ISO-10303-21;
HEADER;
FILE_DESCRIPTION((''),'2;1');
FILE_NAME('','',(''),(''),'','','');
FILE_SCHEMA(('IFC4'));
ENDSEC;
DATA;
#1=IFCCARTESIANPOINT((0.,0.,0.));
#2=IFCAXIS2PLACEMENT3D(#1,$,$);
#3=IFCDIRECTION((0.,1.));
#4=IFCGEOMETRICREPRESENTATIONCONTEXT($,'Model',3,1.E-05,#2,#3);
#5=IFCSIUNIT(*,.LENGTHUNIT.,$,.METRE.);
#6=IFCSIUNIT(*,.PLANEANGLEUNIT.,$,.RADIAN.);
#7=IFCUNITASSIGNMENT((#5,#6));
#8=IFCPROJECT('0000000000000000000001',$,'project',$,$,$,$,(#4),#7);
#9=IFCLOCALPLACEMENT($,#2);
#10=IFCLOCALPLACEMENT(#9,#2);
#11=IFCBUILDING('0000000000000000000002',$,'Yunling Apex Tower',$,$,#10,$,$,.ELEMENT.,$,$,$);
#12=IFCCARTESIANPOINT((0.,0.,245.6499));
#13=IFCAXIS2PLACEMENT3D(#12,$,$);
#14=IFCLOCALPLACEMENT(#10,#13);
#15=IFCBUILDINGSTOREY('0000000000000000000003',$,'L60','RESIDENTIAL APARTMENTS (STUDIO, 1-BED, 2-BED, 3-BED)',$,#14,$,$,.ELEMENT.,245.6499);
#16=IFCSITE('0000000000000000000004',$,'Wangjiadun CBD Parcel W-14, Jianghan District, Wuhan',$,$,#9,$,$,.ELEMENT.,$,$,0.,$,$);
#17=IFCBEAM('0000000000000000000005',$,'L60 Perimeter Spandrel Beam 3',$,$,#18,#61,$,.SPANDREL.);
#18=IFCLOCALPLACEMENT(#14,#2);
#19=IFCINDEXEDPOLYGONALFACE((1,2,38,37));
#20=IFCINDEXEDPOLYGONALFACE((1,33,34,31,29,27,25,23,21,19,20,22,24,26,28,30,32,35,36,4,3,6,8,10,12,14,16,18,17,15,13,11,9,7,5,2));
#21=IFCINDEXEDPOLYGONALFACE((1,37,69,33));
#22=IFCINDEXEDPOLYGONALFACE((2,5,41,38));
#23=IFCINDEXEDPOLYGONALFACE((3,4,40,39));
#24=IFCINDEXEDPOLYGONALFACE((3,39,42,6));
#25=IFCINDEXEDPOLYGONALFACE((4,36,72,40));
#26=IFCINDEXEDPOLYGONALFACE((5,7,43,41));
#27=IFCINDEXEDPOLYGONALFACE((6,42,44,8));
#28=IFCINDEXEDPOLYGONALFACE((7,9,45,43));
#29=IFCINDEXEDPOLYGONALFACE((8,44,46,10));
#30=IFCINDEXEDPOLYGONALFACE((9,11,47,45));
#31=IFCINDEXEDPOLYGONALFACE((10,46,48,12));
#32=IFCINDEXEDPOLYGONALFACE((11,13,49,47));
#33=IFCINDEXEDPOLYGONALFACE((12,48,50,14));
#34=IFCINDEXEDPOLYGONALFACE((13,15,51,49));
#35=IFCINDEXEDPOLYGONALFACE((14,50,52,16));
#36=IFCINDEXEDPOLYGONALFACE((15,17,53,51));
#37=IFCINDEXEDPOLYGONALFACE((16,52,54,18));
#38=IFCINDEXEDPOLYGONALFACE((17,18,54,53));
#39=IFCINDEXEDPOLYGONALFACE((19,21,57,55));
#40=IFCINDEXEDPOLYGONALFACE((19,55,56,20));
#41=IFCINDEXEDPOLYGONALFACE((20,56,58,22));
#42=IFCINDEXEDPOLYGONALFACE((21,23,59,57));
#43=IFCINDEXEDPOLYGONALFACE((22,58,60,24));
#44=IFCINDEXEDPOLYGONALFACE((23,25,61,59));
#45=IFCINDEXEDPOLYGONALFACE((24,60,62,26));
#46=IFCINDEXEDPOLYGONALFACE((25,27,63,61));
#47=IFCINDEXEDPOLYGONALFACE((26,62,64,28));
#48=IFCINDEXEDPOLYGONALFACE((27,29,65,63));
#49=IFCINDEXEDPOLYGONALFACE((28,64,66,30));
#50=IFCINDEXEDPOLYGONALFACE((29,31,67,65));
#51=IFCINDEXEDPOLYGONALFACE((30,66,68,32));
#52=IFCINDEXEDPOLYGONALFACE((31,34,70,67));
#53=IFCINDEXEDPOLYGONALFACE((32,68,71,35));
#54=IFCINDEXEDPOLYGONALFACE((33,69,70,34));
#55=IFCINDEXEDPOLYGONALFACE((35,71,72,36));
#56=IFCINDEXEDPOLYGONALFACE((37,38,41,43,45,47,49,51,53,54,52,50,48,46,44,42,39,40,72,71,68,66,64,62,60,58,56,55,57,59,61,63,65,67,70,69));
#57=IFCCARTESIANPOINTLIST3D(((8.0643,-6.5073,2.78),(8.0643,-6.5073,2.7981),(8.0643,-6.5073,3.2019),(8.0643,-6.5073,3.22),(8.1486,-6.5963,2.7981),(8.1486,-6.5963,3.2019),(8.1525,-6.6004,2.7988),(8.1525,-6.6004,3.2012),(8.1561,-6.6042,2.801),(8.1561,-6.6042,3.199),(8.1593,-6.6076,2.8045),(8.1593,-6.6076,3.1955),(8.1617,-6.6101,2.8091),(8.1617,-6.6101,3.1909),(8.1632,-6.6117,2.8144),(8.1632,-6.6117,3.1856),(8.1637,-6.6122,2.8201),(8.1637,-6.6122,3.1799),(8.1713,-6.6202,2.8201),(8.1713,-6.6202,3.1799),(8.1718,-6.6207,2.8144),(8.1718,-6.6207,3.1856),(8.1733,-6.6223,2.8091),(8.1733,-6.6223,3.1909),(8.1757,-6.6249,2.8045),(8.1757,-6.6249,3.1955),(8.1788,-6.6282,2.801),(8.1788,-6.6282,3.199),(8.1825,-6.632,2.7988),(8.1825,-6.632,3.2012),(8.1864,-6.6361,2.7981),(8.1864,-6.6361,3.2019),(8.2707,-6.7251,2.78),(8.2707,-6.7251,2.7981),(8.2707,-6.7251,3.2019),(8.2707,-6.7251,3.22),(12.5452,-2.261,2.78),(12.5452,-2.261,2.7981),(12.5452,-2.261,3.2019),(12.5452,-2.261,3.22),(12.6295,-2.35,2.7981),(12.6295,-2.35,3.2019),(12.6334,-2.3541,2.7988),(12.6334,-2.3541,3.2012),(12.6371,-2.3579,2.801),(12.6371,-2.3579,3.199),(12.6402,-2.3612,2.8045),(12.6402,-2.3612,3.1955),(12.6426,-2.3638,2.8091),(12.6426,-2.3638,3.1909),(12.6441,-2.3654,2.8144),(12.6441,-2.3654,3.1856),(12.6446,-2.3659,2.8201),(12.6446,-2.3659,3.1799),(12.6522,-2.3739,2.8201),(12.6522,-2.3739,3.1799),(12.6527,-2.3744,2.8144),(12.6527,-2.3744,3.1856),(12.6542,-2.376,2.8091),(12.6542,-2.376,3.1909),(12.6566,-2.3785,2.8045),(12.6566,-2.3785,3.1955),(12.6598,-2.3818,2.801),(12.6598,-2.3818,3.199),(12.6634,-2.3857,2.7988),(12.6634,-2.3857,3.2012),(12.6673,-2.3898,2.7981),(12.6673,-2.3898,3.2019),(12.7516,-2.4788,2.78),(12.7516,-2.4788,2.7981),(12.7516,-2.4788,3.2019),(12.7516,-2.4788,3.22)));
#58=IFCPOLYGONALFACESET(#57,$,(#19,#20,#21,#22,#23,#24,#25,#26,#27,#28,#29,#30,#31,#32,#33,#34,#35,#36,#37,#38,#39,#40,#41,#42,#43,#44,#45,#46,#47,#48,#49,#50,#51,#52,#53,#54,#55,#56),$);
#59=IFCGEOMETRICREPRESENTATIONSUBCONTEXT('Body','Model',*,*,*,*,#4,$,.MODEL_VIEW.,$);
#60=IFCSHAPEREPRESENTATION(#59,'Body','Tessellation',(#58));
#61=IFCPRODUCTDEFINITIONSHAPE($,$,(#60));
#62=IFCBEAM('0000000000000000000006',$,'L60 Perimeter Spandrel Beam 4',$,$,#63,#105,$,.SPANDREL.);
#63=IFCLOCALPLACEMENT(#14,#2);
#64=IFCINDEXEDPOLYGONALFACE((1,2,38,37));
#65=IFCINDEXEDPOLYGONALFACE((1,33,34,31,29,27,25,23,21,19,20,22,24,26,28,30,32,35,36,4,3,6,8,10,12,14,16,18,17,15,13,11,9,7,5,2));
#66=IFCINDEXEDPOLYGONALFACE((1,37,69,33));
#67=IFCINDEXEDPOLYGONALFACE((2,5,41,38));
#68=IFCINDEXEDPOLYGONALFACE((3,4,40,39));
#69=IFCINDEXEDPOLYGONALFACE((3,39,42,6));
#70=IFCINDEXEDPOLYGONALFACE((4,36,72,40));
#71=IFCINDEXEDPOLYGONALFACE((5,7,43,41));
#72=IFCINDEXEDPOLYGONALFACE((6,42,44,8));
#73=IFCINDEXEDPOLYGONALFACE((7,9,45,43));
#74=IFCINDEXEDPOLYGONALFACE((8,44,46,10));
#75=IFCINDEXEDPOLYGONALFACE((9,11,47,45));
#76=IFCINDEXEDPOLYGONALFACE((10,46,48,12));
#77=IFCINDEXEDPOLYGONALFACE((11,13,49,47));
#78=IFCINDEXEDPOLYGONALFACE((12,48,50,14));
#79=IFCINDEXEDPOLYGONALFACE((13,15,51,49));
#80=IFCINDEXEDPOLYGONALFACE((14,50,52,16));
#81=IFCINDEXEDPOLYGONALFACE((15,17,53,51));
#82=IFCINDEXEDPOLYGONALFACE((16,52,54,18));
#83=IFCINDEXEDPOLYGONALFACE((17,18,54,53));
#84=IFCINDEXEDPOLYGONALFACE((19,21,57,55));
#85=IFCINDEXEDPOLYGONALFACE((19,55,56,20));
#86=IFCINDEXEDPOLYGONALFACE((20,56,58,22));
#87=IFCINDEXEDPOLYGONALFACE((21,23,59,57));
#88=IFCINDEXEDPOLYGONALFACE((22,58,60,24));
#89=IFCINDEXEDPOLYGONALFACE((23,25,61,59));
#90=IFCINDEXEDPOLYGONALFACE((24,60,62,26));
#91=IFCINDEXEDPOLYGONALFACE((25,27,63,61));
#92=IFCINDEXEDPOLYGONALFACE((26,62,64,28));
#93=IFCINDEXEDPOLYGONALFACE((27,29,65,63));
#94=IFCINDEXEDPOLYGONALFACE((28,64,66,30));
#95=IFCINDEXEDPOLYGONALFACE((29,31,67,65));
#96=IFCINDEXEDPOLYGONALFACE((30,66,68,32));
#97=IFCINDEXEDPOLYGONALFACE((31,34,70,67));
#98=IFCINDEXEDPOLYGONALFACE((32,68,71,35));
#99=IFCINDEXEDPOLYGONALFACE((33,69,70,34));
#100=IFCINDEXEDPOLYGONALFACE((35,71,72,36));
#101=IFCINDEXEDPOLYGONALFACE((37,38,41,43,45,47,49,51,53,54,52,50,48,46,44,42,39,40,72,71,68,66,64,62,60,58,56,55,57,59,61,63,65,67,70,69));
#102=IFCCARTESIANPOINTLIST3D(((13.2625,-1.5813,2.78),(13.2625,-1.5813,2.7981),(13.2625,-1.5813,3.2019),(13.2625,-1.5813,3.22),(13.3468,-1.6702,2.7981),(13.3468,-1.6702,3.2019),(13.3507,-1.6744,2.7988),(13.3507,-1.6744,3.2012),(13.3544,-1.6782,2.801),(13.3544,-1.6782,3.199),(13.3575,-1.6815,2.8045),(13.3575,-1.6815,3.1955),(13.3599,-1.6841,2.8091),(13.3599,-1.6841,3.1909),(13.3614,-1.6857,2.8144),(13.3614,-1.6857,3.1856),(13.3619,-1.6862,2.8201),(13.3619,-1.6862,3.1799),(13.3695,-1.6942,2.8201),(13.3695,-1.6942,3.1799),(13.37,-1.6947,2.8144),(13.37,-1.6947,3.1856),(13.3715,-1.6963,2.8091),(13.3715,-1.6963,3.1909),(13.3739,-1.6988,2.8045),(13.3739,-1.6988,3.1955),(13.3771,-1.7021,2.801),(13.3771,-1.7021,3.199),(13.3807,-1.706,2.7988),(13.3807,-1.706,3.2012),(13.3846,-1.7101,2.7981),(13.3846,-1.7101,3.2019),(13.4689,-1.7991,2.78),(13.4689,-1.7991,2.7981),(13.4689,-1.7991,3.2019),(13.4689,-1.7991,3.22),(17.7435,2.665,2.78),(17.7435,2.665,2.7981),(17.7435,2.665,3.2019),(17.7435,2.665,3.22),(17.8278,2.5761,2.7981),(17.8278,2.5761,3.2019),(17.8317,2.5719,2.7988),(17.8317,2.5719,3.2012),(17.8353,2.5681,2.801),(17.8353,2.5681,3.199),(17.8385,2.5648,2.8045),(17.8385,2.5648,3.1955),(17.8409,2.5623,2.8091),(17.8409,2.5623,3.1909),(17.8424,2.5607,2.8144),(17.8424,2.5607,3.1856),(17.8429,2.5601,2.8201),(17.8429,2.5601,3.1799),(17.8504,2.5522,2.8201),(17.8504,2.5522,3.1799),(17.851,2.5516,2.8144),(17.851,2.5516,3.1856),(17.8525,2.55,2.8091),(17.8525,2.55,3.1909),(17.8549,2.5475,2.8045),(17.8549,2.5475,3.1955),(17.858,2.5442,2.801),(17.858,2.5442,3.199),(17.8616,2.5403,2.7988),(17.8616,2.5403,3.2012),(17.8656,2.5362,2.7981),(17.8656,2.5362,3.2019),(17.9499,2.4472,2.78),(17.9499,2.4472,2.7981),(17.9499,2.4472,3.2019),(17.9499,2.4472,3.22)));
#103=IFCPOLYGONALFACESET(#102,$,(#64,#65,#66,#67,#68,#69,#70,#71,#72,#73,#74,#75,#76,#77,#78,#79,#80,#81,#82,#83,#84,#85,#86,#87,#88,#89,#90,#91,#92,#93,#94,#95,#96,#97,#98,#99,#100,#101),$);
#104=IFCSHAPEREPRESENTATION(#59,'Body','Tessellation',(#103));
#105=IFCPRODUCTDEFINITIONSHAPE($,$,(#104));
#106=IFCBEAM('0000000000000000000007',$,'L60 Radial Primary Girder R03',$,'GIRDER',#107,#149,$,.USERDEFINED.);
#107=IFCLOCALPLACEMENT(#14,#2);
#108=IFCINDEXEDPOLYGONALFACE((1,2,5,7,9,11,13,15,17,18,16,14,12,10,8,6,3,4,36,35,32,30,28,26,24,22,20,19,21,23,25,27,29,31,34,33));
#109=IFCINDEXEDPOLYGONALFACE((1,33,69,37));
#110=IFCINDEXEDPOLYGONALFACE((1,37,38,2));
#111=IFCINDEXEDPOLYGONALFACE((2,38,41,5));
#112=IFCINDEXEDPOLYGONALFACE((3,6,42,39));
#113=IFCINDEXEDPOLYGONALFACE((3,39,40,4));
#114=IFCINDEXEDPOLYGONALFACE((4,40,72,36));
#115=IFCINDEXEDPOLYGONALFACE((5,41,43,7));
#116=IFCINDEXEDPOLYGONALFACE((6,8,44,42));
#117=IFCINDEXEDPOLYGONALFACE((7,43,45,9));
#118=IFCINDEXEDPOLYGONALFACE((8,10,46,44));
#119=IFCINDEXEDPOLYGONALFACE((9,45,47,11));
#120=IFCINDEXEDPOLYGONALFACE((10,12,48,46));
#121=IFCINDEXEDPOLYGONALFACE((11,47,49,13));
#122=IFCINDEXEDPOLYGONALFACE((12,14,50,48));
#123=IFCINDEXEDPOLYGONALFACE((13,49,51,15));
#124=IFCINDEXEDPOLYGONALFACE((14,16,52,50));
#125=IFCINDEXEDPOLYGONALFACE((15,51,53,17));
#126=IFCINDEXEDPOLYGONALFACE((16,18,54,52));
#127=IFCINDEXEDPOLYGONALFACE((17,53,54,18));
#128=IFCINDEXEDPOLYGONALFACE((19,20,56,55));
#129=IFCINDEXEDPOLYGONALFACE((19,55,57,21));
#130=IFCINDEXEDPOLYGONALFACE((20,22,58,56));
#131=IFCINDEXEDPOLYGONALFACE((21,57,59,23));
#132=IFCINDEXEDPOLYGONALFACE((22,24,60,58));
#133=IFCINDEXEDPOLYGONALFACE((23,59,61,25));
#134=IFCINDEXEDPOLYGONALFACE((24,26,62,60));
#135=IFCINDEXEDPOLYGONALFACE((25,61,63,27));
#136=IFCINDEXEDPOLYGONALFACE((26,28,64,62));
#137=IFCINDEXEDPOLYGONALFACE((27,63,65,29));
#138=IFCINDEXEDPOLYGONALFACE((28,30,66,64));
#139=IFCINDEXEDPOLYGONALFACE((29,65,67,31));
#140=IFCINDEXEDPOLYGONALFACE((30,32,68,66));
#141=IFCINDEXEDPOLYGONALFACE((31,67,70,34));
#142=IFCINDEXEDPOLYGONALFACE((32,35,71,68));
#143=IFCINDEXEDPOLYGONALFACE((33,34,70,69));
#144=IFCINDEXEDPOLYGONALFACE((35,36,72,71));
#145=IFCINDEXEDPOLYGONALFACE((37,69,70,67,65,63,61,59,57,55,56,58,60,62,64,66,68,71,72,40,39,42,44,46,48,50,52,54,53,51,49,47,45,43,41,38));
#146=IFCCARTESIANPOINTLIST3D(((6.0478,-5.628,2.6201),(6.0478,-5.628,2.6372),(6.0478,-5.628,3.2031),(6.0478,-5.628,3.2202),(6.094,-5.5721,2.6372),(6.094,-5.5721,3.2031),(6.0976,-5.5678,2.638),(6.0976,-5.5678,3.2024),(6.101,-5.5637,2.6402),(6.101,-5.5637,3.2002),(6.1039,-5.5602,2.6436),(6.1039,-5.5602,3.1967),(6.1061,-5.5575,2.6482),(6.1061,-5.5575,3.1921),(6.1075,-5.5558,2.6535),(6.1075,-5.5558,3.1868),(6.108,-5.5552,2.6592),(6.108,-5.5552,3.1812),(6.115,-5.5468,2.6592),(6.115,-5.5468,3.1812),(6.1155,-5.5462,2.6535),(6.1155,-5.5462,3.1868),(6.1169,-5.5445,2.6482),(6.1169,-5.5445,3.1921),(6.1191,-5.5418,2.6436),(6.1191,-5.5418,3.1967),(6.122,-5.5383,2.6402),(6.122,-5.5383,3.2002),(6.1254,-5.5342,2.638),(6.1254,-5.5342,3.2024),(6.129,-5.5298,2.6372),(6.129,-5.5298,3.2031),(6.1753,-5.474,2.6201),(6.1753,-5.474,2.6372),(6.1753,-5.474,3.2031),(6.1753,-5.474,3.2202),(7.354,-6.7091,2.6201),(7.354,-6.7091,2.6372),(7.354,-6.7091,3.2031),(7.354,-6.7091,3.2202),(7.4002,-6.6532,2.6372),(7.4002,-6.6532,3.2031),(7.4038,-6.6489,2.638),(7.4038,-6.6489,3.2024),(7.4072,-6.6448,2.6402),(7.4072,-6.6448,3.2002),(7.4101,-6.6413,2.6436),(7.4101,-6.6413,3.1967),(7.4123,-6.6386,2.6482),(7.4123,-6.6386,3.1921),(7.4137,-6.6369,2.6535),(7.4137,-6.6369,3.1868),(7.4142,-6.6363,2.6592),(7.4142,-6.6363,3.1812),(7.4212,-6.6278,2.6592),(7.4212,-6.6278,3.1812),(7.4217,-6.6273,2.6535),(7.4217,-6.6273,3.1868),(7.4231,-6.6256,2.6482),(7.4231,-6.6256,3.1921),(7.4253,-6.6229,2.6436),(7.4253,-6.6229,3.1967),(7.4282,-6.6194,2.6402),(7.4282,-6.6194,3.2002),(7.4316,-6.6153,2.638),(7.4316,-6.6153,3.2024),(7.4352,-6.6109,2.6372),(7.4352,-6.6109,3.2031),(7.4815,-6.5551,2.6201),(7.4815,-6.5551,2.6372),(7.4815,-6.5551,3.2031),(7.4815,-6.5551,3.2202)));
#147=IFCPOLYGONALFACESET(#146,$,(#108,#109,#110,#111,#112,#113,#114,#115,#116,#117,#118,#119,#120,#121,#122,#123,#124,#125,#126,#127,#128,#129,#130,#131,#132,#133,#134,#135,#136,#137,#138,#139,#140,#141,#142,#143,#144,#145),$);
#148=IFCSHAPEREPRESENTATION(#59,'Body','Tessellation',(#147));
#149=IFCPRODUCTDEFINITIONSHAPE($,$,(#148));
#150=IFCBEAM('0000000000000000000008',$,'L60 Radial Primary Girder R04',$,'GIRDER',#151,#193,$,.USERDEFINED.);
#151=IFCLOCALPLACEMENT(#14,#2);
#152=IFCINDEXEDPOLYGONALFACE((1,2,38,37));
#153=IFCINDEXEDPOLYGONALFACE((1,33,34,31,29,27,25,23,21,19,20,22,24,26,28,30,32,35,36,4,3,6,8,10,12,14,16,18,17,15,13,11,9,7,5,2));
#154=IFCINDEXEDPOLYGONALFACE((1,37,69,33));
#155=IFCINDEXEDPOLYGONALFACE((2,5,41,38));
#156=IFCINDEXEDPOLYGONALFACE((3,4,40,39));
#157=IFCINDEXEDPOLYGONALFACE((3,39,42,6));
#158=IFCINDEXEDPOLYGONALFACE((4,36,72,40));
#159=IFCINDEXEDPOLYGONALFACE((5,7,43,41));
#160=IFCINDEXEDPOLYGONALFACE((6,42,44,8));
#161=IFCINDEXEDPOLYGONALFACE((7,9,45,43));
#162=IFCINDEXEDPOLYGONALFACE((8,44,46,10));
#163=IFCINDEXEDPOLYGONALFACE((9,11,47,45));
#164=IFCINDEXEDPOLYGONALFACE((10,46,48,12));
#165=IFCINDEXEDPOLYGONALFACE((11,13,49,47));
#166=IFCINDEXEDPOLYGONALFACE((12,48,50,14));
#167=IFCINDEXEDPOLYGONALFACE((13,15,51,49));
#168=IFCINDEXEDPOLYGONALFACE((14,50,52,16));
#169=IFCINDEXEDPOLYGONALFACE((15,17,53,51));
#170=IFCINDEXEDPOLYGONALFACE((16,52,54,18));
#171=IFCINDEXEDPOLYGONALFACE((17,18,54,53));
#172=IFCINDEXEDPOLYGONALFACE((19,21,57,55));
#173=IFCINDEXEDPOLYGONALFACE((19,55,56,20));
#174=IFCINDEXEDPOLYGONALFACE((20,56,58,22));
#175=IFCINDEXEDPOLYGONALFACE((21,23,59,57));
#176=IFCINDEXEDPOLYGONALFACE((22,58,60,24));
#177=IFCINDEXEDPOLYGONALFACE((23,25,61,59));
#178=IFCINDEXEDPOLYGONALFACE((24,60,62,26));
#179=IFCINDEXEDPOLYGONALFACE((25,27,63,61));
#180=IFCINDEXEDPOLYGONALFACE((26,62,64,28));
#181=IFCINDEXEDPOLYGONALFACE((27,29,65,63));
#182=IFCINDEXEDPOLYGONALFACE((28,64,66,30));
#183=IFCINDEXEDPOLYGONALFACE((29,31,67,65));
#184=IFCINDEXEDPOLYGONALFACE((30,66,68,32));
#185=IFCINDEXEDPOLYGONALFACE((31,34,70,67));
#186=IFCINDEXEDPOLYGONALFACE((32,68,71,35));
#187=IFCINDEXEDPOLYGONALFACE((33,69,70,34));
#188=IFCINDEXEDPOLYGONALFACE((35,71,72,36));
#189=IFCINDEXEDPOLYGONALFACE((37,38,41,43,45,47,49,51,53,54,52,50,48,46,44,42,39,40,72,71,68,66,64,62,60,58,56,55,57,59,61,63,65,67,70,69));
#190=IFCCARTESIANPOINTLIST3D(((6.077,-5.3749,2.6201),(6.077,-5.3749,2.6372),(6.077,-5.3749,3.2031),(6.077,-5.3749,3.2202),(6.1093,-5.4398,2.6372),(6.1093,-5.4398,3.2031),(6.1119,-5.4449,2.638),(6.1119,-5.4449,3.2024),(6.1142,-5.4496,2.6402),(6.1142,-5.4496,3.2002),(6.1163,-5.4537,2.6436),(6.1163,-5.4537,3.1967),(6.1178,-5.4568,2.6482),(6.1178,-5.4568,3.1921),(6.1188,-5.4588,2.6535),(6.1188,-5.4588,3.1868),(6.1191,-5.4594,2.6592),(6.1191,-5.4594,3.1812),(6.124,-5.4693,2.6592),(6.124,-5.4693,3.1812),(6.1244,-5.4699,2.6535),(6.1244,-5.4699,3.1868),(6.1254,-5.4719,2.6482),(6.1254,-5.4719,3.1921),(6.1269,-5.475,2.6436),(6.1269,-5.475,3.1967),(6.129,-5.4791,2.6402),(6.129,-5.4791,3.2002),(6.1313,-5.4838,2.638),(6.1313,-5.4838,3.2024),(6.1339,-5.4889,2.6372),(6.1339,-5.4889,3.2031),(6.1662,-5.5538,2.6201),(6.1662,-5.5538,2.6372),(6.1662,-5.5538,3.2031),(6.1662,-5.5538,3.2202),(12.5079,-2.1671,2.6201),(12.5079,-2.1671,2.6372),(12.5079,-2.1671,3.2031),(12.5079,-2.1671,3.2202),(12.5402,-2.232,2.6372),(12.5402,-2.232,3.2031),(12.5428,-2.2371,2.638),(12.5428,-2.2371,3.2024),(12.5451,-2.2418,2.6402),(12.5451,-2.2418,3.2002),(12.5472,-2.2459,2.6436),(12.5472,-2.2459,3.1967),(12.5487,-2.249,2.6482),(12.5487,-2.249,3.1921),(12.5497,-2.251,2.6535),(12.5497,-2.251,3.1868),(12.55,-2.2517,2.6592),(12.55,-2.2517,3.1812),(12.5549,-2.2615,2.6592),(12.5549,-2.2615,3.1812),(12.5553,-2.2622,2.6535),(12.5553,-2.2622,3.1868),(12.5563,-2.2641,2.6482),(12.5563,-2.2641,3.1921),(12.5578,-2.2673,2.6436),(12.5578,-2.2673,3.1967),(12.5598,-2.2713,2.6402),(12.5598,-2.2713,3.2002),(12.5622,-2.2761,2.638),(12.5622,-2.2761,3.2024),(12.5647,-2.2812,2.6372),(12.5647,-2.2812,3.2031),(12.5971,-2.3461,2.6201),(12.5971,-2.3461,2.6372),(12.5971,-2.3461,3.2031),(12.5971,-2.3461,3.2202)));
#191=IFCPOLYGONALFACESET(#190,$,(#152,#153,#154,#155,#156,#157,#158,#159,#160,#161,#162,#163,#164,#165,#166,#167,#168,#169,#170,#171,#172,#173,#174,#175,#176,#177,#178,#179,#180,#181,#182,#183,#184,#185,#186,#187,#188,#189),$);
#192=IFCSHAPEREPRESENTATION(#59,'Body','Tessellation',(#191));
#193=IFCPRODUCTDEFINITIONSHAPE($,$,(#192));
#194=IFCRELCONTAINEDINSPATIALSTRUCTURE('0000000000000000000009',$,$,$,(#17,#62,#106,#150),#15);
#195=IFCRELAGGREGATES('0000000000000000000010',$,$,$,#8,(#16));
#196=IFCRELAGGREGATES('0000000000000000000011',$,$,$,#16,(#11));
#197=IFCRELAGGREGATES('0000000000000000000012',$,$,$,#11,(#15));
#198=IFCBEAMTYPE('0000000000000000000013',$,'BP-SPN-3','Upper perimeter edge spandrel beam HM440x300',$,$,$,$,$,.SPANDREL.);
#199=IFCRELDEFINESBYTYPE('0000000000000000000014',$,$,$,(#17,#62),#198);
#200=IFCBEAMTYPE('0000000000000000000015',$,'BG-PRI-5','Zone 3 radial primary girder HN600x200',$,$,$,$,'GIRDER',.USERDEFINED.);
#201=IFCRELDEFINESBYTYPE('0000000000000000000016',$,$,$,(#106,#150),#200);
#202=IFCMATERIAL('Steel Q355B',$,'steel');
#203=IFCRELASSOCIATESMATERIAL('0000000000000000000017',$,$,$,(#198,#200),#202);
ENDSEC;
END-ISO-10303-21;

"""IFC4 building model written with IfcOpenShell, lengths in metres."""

from ifc_helpers import new_model, si_unit, direction, frame, origin, origin_2d, place, context, subcontext, project, spatial, i_section, extrude, source, transform, mapped, material, material_profile, profile_set, type_object, element, save


model = new_model("IFC4")

# Units and contexts
model_context = context("Model", 3, precision=1e-05, world=origin(), true_north=direction((0.0, 1.0)))
body_context = subcontext(model_context, "Body", "Model", "MODEL_VIEW")
ifc_project = project(units=[si_unit("LENGTHUNIT", "METRE"), si_unit("PLANEANGLEUNIT", "RADIAN")], contexts=[model_context])

# Site, building, storey
site_placement = place(None, origin())
site = spatial("IfcSite", under=ifc_project, at=site_placement, Name="Wangjiadun CBD Parcel W-14, Jianghan District, Wuhan", CompositionType="ELEMENT", RefElevation=0.0)
building_placement = place(site_placement, origin())
building = spatial("IfcBuilding", under=site, at=building_placement, Name="Yunling Apex Tower", CompositionType="ELEMENT")
storey_placement = place(building_placement, frame((0.0, 0.0, 245.6499)))
storey = spatial("IfcBuildingStorey", under=building, at=storey_placement, Name="L60", Description="RESIDENTIAL APARTMENTS (STUDIO, 1-BED, 2-BED, 3-BED)", CompositionType="ELEMENT", Elevation=245.6499)

# Beams
ifc_material_1 = material(Name="Steel Q355B", Category="steel")
ifc_material_profile_1 = material_profile(ifc_material_1, i_section(OverallWidth=0.3, OverallDepth=0.4399, WebThickness=0.011, FlangeThickness=0.0181, FilletRadius=0.022, at=origin_2d()))
ifc_profile_set_1 = profile_set([ifc_material_profile_1], Name="Steel Q355B")
beam_type_1 = type_object("IfcBeamType", Name="BP-SPN-3", Description="Upper perimeter edge spandrel beam HM440x300", PredefinedType="SPANDREL", material=ifc_profile_set_1)
shared_shape_1 = source(origin(), body_context, "Body", "SweptSolid", [
    extrude(i_section(OverallWidth=0.3, OverallDepth=0.4399, WebThickness=0.011, FlangeThickness=0.0181, FilletRadius=0.022, at=origin_2d()), origin(), (0.0, 0.0, 1.0), 6.1733),
])
for number, where, z_axis, x_axis, name in (
    (1, (8.1675, -6.6162, 3.0), (0.725854, 0.687849, 0.0), (-0.687849, 0.725854, 0.0), "L60 Perimeter Spandrel Beam 3"),
    (2, (13.3657, -1.6902, 3.0), (0.725854, 0.687849, 0.0), (-0.687849, 0.725854, 0.0), "L60 Perimeter Spandrel Beam 4"),
):
    element("IfcBeam", number, at=place(storey_placement, frame(where, z_axis=z_axis, x_axis=x_axis)), inside=storey, type_object=beam_type_1, Name=name, PredefinedType="SPANDREL", context=body_context, shape_type="MappedRepresentation", body=[
        mapped(shared_shape_1, transform((0.0, 0.0, 0.0), scale=1.0)),
    ])
ifc_material_profile_2 = material_profile(ifc_material_1, i_section(OverallWidth=0.2, OverallDepth=0.6001, WebThickness=0.011, FlangeThickness=0.0171, FilletRadius=0.022, at=origin_2d()))
ifc_profile_set_2 = profile_set([ifc_material_profile_2], Name="Steel Q355B")
beam_type_2 = type_object("IfcBeamType", Name="BG-PRI-5", Description="Zone 3 radial primary girder HN600x200", ElementType="GIRDER", PredefinedType="USERDEFINED", material=ifc_profile_set_2)
shared_shape_2 = source(origin(), body_context, "Body", "SweptSolid", [
    extrude(i_section(OverallWidth=0.2, OverallDepth=0.6001, WebThickness=0.011, FlangeThickness=0.0171, FilletRadius=0.022, at=origin_2d()), origin(), (0.0, 0.0, 1.0), 1.6956),
])
beam_1_placement = place(storey_placement, frame((7.4177, -6.6321, 2.9202), z_axis=(-0.770365, 0.637603, 0.0), x_axis=(-0.637603, -0.770365, 0.0)))
element("IfcBeam", 3, at=beam_1_placement, inside=storey, type_object=beam_type_2, Name="L60 Radial Primary Girder R03", ObjectType="GIRDER", PredefinedType="USERDEFINED", context=body_context, shape_type="MappedRepresentation", body=[
    mapped(shared_shape_2, transform((0.0, 0.0, 0.0), scale=1.0)),
])
shared_shape_3 = source(origin(), body_context, "Body", "SweptSolid", [
    extrude(i_section(OverallWidth=0.2, OverallDepth=0.6001, WebThickness=0.011, FlangeThickness=0.0171, FilletRadius=0.022, at=origin_2d()), origin(), (0.0, 0.0, 1.0), 7.1865),
])
beam_2_placement = place(storey_placement, frame((12.5525, -2.2566, 2.9202), z_axis=(-0.894855, -0.446357, 0.0), x_axis=(0.446357, -0.894855, 0.0)))
element("IfcBeam", 4, at=beam_2_placement, inside=storey, type_object=beam_type_2, Name="L60 Radial Primary Girder R04", ObjectType="GIRDER", PredefinedType="USERDEFINED", context=body_context, shape_type="MappedRepresentation", body=[
    mapped(shared_shape_3, transform((0.0, 0.0, 0.0), scale=1.0)),
])

save(model, "model.ifc")
